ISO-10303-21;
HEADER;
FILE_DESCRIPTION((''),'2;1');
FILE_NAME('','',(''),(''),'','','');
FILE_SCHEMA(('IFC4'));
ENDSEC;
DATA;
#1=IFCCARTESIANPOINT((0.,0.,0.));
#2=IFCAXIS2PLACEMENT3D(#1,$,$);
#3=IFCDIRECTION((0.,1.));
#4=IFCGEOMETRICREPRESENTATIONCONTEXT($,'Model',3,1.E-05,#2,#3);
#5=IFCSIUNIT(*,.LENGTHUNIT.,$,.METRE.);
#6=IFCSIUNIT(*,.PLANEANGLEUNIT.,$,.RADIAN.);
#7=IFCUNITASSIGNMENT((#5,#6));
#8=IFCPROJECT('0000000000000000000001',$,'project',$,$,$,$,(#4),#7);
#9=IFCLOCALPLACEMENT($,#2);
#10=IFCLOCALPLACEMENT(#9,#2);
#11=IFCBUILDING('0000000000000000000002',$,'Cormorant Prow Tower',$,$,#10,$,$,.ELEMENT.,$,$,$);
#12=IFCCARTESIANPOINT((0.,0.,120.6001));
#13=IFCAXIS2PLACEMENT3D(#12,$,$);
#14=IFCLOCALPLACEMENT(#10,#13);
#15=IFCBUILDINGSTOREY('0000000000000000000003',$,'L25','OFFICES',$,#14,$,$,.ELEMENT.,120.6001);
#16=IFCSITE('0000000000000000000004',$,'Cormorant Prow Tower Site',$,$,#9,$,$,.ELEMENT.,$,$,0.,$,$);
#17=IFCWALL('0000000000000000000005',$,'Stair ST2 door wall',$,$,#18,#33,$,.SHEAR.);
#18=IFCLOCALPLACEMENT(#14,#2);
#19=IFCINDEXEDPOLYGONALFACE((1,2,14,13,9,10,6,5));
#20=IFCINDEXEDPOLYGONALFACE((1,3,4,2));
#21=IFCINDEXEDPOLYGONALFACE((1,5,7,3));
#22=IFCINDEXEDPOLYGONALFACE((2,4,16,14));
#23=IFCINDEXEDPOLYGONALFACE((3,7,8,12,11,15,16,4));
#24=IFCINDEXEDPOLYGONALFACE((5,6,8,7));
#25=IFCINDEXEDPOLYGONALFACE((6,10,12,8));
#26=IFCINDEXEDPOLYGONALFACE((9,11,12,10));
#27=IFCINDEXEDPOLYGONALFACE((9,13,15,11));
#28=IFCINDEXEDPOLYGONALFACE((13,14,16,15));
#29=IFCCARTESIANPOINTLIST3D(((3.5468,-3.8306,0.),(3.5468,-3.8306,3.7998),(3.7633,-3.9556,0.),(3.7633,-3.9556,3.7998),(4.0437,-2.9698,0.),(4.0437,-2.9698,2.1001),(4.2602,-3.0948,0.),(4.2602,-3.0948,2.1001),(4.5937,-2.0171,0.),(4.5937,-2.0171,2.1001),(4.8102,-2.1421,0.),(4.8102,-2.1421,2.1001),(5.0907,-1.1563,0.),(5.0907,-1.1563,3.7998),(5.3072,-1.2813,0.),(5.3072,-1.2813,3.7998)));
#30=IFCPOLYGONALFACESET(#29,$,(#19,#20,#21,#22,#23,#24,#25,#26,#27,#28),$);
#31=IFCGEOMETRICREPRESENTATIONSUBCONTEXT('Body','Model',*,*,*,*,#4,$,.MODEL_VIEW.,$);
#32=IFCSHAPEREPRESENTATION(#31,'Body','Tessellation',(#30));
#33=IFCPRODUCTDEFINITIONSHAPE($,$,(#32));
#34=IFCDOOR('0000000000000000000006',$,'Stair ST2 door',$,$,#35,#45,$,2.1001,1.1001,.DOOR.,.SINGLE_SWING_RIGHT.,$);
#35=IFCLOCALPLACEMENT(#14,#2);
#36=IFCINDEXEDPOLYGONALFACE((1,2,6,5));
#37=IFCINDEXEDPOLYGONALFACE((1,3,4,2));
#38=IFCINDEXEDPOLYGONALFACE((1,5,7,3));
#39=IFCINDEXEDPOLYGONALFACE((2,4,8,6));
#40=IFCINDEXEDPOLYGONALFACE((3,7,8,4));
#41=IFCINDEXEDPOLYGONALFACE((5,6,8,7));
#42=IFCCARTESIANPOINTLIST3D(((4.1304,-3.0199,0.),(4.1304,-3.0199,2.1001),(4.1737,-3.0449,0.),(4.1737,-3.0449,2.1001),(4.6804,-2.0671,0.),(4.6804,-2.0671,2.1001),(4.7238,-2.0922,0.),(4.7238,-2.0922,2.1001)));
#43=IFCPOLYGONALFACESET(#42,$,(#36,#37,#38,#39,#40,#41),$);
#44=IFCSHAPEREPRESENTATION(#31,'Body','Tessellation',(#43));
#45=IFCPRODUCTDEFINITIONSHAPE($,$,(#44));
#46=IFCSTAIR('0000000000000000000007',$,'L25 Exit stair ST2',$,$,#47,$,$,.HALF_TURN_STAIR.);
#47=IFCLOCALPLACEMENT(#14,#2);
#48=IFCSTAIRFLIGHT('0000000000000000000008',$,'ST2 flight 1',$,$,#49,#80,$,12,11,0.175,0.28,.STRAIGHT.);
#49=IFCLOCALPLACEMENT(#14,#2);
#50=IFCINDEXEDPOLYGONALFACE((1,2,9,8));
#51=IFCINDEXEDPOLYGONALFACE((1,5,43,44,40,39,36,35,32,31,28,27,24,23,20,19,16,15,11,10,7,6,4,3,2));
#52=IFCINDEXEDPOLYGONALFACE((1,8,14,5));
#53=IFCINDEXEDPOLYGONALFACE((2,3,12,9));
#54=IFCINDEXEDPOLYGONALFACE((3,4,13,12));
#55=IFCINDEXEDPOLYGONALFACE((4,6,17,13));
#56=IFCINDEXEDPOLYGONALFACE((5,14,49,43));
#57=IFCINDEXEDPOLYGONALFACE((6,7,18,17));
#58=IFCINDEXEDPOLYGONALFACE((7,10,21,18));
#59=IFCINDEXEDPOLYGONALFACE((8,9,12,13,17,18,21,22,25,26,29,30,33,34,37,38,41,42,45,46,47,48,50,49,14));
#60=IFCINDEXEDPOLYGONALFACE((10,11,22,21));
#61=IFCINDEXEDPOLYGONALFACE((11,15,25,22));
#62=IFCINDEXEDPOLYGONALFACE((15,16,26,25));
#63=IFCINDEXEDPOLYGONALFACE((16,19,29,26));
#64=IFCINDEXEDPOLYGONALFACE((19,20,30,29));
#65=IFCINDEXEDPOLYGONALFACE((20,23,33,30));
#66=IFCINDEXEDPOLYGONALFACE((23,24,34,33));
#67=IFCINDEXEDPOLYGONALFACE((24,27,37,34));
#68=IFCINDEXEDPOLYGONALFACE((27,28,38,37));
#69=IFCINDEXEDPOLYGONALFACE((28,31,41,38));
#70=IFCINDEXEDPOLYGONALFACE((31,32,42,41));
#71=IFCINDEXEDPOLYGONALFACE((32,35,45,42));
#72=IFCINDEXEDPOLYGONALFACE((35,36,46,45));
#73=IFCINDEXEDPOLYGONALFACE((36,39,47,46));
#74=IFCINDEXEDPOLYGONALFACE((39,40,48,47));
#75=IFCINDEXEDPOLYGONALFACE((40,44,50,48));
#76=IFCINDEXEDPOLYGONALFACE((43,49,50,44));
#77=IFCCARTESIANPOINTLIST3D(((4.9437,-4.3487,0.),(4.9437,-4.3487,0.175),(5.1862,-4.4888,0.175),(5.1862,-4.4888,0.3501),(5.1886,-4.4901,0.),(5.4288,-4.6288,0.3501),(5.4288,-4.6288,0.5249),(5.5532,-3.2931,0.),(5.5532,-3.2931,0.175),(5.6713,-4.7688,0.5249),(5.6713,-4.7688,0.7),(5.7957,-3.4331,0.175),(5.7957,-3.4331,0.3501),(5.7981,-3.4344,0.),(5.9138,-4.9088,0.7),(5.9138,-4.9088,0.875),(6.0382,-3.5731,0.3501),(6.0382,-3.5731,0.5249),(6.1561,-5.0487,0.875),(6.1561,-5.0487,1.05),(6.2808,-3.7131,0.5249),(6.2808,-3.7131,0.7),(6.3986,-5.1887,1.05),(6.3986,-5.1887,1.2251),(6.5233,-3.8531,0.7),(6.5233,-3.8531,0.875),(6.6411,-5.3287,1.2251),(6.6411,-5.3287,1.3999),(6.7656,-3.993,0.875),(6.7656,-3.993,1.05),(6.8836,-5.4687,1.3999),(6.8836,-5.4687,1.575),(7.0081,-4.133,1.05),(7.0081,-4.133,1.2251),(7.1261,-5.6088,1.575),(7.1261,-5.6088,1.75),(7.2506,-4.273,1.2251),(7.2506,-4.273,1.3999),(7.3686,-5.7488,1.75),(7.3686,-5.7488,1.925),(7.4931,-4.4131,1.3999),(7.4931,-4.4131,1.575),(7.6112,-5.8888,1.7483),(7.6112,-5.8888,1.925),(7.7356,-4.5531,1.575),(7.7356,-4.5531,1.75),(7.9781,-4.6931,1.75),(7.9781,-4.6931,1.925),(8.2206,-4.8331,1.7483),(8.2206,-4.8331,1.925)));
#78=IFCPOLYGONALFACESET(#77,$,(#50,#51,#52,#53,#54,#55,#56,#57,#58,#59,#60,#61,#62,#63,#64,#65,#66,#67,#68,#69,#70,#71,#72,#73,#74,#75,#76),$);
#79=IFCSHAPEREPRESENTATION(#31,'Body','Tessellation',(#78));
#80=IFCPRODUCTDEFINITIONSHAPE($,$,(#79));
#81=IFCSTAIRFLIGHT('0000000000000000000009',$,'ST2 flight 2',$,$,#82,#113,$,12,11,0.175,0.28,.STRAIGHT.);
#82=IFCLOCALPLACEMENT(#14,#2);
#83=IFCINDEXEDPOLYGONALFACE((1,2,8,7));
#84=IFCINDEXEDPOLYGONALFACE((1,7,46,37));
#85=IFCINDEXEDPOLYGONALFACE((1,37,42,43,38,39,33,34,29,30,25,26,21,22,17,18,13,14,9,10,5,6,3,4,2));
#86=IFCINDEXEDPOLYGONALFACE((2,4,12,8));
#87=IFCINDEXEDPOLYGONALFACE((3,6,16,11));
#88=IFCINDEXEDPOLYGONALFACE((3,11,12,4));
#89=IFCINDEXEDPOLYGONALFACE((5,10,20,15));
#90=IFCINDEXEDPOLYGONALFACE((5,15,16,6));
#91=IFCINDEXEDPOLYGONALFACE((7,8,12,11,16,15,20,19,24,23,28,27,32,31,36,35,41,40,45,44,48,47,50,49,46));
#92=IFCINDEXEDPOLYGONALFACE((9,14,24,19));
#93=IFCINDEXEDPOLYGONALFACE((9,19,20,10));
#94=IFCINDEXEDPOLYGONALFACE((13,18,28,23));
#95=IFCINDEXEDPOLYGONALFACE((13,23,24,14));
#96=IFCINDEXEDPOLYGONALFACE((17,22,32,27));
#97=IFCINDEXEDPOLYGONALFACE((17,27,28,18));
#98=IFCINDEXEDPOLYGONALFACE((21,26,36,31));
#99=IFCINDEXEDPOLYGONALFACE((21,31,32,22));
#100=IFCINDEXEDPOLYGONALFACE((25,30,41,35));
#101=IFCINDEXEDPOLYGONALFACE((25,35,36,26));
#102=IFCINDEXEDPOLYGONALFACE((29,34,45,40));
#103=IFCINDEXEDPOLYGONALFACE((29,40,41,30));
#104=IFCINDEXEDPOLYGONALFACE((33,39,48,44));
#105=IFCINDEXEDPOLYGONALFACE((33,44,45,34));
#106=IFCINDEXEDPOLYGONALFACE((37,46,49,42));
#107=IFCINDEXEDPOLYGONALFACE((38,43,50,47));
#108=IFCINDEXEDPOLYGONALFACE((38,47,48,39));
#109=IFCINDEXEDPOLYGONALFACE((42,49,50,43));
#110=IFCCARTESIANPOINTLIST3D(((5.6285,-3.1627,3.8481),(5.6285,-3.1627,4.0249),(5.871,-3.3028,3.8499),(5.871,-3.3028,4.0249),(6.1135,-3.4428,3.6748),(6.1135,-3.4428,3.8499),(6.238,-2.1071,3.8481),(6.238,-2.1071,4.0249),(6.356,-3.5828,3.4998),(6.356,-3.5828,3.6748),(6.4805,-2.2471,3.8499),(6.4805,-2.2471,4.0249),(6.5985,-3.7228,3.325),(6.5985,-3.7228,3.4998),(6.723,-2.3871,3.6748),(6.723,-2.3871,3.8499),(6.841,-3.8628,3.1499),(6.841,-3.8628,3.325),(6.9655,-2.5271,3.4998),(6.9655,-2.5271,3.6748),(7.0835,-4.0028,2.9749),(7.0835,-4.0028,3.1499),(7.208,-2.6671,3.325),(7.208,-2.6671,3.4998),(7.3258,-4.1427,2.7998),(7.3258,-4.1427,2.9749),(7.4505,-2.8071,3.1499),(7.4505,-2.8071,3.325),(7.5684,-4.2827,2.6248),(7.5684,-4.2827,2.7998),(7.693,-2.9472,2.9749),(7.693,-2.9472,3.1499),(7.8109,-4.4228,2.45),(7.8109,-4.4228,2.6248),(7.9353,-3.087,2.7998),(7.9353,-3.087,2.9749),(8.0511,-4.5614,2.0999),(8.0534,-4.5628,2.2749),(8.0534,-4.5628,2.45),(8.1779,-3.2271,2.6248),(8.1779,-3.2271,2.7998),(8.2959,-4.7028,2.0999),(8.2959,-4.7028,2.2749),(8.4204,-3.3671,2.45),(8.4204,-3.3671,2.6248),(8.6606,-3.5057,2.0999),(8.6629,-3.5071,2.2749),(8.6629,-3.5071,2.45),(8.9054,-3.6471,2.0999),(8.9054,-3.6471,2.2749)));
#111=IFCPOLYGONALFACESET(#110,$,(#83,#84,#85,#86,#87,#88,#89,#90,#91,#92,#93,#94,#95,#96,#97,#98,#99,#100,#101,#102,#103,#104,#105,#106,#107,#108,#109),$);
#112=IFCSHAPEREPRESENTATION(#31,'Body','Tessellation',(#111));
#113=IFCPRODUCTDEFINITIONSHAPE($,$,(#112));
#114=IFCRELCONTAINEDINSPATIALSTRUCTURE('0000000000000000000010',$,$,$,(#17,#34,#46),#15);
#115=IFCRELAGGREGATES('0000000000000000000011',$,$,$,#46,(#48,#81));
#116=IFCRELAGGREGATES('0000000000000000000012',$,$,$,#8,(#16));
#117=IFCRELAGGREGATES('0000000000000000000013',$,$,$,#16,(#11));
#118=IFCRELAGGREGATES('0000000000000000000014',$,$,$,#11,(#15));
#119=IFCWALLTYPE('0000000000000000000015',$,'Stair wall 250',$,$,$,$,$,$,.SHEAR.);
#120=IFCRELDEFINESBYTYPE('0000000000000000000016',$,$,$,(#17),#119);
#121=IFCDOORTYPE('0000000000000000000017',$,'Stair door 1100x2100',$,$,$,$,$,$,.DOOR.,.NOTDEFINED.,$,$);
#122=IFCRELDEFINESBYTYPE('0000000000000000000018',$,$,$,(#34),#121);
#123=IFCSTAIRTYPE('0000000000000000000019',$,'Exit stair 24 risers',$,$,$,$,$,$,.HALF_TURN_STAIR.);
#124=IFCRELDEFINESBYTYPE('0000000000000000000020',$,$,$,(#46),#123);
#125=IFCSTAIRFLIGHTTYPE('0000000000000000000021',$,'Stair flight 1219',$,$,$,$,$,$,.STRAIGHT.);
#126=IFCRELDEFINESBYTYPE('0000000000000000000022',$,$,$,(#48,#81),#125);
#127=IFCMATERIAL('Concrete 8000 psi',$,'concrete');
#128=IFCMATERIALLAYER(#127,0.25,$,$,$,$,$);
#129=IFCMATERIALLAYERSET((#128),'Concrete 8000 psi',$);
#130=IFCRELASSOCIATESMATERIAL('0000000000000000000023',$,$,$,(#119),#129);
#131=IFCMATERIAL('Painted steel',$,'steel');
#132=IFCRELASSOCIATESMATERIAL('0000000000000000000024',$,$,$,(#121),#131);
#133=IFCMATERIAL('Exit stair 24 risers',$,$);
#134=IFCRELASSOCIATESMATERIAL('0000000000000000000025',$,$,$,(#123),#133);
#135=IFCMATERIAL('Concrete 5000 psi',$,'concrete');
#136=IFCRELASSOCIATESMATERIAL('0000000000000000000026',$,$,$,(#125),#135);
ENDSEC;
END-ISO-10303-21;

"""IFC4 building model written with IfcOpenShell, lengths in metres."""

from ifc_helpers import new_model, si_unit, direction, frame, frame_2d, origin, place, context, subcontext, project, spatial, polyline, rectangle, outline, extrude, material, layer, layer_set, type_object, element, fill, aggregate, save


model = new_model("IFC4")

# Units and contexts
model_context = context("Model", 3, precision=1e-05, world=origin(), true_north=direction((0.0, 1.0)))
body_context = subcontext(model_context, "Body", "Model", "MODEL_VIEW")
ifc_project = project(units=[si_unit("LENGTHUNIT", "METRE"), si_unit("PLANEANGLEUNIT", "RADIAN")], contexts=[model_context])

# Site, building, storey
site_placement = place(None, origin())
site = spatial("IfcSite", under=ifc_project, at=site_placement, Name="Cormorant Prow Tower Site", CompositionType="ELEMENT", RefElevation=0.0)
building_placement = place(site_placement, origin())
building = spatial("IfcBuilding", under=site, at=building_placement, Name="Cormorant Prow Tower", CompositionType="ELEMENT")
storey_placement = place(building_placement, frame((0.0, 0.0, 120.6001)))
storey = spatial("IfcBuildingStorey", under=building, at=storey_placement, Name="L25", Description="OFFICES", CompositionType="ELEMENT", Elevation=120.6001)

# Wall, opening, door
ifc_material_1 = material(Name="Concrete 8000 psi", Category="concrete")
ifc_layer_1 = layer(ifc_material_1, 0.25)
ifc_layer_set_1 = layer_set([ifc_layer_1], Name="Concrete 8000 psi")
wall_type_1 = type_object("IfcWallType", Name="Stair wall 250", PredefinedType="SHEAR", material=ifc_layer_set_1)
wall_1_placement = place(storey_placement, frame((3.655, -3.8931, 0.0), z_axis=(0.0, 0.0, 1.0), x_axis=(0.499983, 0.866035, 0.0)))
wall_1 = element("IfcWall", 1, at=wall_1_placement, inside=storey, type_object=wall_type_1, Name="Stair ST2 door wall", PredefinedType="SHEAR", context=body_context, shape_type="SweptSolid", body=[
    extrude(rectangle(XDim=3.0879, YDim=0.25, at=frame_2d((1.5439, 0.0))), origin(), (0.0, 0.0, 1.0), 3.7998),
])
opening_1_placement = place(wall_1_placement, frame((0.9939, 0.0, 0.0)))
opening_1 = element("IfcOpeningElement", 2, at=opening_1_placement, cuts=wall_1, PredefinedType="OPENING", context=body_context, shape_type="SweptSolid", body=[
    extrude(rectangle(XDim=1.1001, YDim=2.1001, at=frame_2d((0.55, 1.05))), frame((0.0, 0.135, 0.0), z_axis=(0.0, -1.0, 0.0), x_axis=(1.0, 0.0, 0.0)), (0.0, 0.0, 1.0), 0.27),
])
ifc_material_2 = material(Name="Painted steel", Category="steel")
door_type_1 = type_object("IfcDoorType", Name="Stair door 1100x2100", OperationType="NOTDEFINED", PredefinedType="DOOR", material=ifc_material_2)
door_1_placement = place(opening_1_placement, origin())
door_1 = element("IfcDoor", 3, at=door_1_placement, inside=storey, type_object=door_type_1, Name="Stair ST2 door", OperationType="SINGLE_SWING_RIGHT", OverallHeight=2.1001, OverallWidth=1.1001, PredefinedType="DOOR", context=body_context, shape_type="SweptSolid", body=[
    extrude(rectangle(XDim=1.1001, YDim=2.1001, at=frame_2d((0.55, 1.05))), frame((0.0, 0.0249, 0.0), z_axis=(0.0, -1.0, 0.0), x_axis=(1.0, 0.0, 0.0)), (0.0, 0.0, 1.0), 0.05),
])
fill(opening_1, door_1)

# Stair, stair flights
ifc_material_3 = material(Name="Exit stair 24 risers")
stair_type = type_object("IfcStairType", Name="Exit stair 24 risers", PredefinedType="HALF_TURN_STAIR", material=ifc_material_3)
stair_placement = place(storey_placement, origin())
stair = element("IfcStair", 4, at=stair_placement, inside=storey, type_object=stair_type, Name="L25 Exit stair ST2", PredefinedType="HALF_TURN_STAIR")
ifc_material_4 = material(Name="Concrete 5000 psi", Category="concrete")
stair_flight_type = type_object("IfcStairFlightType", Name="Stair flight 1219", PredefinedType="STRAIGHT", material=ifc_material_4)
stair_flight_1_placement = place(storey_placement, frame((5.2485, -3.8208, 0.0), z_axis=(0.0, 0.0, 1.0), x_axis=(0.866025, -0.5, 0.0)))
stair_flight_1 = element("IfcStairFlight", 5, at=stair_flight_1_placement, type_object=stair_flight_type, Name="ST2 flight 1", NumberOfRisers=12, NumberOfTreads=11, PredefinedType="STRAIGHT", RiserHeight=0.175, TreadLength=0.28, context=body_context, shape_type="SweptSolid", body=[
    extrude(outline(polyline([(0.0, 0.0), (0.0, 0.175), (0.28, 0.175), (0.28, 0.3501), (0.5601, 0.3501), (0.5601, 0.5249), (0.8401, 0.5249), (0.8401, 0.7), (1.1201, 0.7), (1.1201, 0.875), (1.3999, 0.875), (1.3999, 1.05), (1.6799, 1.05), (1.6799, 1.2251), (1.96, 1.2251), (1.96, 1.3999), (2.24, 1.3999), (2.24, 1.575), (2.52, 1.575), (2.52, 1.75), (2.8, 1.75), (2.8, 1.925), (3.0801, 1.925), (3.0801, 2.1001), (3.0801, 1.7483), (0.2827, 0.0), (0.0, 0.0)])), frame((0.0, 0.6094, 0.0), z_axis=(0.0, -1.0, 0.0), x_axis=(1.0, 0.0, 0.0)), (0.0, 0.0, 1.0), 1.219),
])
stair_flight_2_placement = place(storey_placement, frame((8.6006, -4.175, 2.0999), z_axis=(0.0, 0.0, 1.0), x_axis=(-0.866025, 0.5, 0.0)))
stair_flight_2 = element("IfcStairFlight", 6, at=stair_flight_2_placement, type_object=stair_flight_type, Name="ST2 flight 2", NumberOfRisers=12, NumberOfTreads=11, PredefinedType="STRAIGHT", RiserHeight=0.175, TreadLength=0.28, context=body_context, shape_type="SweptSolid", body=[
    extrude(outline(polyline([(0.0, 0.0), (0.0, 0.175), (0.28, 0.175), (0.28, 0.3501), (0.5601, 0.3501), (0.5601, 0.5249), (0.8401, 0.5249), (0.8401, 0.7), (1.1201, 0.7), (1.1201, 0.875), (1.3999, 0.875), (1.3999, 1.05), (1.6799, 1.05), (1.6799, 1.2251), (1.96, 1.2251), (1.96, 1.3999), (2.24, 1.3999), (2.24, 1.575), (2.52, 1.575), (2.52, 1.75), (2.8, 1.75), (2.8, 1.925), (3.0801, 1.925), (3.0801, 2.1001), (3.0801, 1.7483), (0.2827, 0.0), (0.0, 0.0)])), frame((0.0, 0.6094, 0.0), z_axis=(0.0, -1.0, 0.0), x_axis=(1.0, 0.0, 0.0)), (0.0, 0.0, 1.0), 1.219),
])
aggregate(stair, [stair_flight_1, stair_flight_2])

save(model, "model.ifc")
